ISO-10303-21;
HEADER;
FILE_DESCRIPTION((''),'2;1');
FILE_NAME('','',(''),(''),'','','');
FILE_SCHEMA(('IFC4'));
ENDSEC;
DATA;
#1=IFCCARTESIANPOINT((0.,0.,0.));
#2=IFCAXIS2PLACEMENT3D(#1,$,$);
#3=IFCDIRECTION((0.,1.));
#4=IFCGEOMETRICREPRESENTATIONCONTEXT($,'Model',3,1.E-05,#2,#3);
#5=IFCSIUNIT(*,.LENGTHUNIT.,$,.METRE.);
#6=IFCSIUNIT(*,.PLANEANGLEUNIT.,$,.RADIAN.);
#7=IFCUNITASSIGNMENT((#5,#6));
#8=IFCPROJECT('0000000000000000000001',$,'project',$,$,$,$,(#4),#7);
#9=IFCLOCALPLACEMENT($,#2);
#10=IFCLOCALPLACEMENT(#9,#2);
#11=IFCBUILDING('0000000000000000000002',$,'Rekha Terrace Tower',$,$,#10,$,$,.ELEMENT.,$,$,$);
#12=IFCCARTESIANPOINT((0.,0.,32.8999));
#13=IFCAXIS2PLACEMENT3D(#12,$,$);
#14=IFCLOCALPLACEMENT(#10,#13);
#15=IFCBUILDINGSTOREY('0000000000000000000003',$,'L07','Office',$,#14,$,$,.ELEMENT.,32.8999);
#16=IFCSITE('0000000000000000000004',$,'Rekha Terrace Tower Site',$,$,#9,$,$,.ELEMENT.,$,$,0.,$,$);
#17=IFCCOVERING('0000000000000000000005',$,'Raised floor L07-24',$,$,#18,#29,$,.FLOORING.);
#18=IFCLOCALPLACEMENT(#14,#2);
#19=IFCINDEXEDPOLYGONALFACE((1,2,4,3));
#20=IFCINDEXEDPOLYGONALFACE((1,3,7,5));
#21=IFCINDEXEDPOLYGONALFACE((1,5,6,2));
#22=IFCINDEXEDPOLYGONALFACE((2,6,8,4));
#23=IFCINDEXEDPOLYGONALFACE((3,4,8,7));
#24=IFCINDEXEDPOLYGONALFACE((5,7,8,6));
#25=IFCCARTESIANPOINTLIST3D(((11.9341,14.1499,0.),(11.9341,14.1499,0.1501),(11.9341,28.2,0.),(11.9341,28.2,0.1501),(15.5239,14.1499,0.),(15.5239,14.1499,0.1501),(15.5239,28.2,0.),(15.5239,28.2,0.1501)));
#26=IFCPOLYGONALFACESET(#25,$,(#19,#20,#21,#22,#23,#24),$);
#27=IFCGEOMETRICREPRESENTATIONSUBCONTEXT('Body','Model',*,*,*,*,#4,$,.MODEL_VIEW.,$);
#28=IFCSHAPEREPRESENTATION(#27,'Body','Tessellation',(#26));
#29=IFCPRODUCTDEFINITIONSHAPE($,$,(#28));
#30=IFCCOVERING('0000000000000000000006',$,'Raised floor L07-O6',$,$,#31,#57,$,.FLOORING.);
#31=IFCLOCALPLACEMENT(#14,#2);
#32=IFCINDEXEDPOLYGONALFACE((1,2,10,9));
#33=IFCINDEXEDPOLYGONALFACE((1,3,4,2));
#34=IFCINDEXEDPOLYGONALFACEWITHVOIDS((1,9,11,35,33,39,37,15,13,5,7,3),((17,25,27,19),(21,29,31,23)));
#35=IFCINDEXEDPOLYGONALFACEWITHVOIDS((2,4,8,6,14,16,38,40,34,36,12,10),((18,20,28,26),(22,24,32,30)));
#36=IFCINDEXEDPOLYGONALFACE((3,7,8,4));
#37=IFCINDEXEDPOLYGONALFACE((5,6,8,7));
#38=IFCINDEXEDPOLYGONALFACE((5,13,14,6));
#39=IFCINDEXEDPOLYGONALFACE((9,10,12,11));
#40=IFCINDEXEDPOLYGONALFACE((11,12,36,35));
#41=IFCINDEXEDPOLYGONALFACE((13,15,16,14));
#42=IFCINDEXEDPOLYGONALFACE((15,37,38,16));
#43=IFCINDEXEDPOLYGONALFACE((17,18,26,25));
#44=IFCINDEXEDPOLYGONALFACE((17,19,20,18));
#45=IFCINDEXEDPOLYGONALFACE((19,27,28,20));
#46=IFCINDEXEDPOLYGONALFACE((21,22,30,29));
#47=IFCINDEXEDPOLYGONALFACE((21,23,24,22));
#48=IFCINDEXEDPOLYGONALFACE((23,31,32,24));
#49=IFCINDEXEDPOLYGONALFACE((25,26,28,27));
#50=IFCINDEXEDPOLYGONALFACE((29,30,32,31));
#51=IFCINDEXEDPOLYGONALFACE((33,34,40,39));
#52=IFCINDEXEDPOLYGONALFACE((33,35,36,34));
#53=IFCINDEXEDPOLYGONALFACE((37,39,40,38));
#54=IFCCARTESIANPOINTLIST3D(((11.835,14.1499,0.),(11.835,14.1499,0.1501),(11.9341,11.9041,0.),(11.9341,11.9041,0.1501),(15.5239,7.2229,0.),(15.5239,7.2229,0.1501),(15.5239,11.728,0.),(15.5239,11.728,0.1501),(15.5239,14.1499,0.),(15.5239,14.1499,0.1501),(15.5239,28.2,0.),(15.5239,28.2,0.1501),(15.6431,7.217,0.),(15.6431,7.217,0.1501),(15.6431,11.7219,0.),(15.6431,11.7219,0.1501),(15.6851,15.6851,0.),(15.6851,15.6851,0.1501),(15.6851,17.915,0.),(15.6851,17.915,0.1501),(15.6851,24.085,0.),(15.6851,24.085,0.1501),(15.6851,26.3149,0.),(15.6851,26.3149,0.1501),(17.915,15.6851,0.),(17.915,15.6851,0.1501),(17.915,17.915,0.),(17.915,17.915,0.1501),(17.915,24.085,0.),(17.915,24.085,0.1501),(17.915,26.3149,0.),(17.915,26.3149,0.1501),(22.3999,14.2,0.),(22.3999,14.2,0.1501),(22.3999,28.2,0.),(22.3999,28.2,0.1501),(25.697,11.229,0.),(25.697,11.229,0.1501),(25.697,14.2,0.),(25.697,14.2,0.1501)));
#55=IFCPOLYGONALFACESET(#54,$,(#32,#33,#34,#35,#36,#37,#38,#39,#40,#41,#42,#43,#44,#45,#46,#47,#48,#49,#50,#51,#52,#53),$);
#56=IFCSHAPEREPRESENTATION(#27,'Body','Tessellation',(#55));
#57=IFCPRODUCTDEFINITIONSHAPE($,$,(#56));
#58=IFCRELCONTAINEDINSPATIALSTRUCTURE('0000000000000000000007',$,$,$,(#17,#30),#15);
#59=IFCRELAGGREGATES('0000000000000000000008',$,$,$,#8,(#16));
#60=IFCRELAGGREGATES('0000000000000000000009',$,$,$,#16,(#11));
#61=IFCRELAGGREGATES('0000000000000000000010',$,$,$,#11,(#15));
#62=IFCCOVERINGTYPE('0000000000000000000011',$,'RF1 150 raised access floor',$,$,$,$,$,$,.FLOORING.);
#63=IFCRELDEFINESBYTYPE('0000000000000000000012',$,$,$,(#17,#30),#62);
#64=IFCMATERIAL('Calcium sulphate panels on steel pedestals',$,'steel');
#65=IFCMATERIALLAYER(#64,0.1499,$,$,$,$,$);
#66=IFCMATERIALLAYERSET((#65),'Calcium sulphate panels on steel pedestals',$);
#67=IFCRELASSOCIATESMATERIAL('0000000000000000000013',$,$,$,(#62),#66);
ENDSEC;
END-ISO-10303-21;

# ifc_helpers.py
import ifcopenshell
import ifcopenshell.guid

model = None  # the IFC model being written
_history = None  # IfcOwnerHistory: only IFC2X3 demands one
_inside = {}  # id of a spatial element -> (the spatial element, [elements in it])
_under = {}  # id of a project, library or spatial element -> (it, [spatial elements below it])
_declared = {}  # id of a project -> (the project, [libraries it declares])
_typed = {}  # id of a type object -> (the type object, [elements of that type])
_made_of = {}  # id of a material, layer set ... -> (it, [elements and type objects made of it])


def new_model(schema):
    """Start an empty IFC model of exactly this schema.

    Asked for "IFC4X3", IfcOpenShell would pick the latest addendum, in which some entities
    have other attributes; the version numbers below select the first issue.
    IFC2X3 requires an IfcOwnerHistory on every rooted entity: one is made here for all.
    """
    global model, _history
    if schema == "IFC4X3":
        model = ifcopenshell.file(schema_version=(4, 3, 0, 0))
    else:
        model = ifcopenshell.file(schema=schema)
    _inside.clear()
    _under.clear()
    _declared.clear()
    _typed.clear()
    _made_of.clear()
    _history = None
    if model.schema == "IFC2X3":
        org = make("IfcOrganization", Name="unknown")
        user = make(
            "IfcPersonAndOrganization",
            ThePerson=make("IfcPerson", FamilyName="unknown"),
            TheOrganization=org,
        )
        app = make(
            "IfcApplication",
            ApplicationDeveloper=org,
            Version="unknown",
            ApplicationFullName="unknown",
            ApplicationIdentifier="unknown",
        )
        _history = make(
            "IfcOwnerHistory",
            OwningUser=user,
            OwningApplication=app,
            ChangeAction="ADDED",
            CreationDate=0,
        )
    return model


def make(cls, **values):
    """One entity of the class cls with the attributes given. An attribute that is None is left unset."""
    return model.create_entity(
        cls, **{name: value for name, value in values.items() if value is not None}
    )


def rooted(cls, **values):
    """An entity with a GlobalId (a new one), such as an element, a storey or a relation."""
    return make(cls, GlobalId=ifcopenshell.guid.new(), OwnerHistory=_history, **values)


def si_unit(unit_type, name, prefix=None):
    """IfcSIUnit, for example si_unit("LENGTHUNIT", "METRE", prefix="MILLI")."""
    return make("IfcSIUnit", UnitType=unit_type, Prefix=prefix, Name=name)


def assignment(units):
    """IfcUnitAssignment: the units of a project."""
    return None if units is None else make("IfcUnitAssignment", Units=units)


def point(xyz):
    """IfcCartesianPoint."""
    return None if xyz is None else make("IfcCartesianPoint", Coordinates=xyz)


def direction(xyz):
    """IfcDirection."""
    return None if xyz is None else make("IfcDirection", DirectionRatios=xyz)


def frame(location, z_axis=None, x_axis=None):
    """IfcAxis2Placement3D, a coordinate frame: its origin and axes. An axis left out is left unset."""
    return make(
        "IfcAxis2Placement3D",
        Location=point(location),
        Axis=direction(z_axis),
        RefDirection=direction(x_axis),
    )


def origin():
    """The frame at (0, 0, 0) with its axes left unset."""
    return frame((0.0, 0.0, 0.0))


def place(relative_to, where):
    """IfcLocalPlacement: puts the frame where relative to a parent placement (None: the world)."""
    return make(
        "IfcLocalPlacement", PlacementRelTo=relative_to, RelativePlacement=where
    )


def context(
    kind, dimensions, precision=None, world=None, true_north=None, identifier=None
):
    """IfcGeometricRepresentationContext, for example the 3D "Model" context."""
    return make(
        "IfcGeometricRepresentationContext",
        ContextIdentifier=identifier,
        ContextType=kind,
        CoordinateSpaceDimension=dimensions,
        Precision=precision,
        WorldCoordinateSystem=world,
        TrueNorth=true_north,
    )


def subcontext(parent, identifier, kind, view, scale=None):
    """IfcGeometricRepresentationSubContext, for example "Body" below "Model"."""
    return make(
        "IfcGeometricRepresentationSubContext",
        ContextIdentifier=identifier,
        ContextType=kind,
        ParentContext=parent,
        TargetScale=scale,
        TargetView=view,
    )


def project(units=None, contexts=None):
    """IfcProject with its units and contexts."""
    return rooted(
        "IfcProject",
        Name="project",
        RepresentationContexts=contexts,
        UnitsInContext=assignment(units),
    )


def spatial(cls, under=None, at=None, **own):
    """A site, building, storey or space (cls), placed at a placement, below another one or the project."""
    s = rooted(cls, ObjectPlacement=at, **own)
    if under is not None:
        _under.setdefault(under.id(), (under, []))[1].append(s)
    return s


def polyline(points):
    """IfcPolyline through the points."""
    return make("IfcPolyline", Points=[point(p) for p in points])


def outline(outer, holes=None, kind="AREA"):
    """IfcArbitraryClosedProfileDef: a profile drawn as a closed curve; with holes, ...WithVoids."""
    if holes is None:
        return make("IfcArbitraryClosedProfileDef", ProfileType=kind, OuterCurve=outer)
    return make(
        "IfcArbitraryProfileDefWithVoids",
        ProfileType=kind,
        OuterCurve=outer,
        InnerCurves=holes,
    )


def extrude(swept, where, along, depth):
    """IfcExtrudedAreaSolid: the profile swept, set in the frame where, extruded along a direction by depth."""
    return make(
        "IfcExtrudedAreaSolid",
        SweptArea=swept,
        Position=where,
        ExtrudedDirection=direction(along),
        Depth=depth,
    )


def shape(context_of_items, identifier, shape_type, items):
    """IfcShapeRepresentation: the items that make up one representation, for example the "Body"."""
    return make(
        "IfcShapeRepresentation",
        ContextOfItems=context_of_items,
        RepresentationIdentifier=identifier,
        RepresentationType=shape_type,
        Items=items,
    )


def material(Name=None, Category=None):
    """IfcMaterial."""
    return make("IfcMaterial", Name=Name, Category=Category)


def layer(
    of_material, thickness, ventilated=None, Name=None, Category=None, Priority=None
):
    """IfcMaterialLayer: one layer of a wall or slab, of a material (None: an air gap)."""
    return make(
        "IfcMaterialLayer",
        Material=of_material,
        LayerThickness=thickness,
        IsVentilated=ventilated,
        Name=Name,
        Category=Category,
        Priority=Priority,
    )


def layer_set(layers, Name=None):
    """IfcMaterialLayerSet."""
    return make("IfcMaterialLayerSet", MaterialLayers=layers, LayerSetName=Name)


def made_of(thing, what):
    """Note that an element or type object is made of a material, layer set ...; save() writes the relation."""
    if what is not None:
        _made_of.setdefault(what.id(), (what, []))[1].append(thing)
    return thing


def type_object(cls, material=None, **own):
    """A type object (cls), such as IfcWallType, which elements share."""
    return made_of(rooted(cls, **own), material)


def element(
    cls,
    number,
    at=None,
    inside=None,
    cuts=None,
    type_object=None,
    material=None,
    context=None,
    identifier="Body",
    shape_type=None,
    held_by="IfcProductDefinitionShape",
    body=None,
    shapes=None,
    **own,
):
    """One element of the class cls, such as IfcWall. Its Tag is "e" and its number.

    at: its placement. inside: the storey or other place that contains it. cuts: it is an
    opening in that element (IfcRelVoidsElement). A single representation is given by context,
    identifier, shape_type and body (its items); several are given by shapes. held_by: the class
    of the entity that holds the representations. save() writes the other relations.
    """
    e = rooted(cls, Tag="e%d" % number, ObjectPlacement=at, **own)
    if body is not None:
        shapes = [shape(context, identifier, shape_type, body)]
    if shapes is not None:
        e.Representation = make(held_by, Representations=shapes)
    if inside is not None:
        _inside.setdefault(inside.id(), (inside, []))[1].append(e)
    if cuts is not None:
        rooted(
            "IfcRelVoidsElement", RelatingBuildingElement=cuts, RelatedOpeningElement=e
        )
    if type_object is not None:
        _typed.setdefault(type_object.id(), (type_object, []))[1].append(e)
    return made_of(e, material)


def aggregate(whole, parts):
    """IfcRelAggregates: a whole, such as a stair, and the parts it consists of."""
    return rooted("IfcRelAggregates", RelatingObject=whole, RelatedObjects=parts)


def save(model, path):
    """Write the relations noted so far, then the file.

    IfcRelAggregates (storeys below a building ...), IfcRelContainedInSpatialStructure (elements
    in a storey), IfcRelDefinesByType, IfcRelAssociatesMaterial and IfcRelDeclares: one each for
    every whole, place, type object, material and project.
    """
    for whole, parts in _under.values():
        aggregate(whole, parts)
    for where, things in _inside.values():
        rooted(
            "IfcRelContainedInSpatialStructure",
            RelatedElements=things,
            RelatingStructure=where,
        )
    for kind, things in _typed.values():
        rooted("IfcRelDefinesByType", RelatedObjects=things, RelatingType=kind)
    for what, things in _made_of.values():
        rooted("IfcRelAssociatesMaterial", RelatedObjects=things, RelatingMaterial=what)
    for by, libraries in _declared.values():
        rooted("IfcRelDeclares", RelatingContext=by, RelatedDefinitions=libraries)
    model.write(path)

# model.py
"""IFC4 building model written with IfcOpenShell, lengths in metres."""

from ifc_helpers import new_model, si_unit, direction, frame, origin, place, context, subcontext, project, spatial, polyline, outline, extrude, material, layer, layer_set, type_object, element, save


model = new_model("IFC4")

# Units and contexts
model_context = context("Model", 3, precision=1e-05, world=origin(), true_north=direction((0.0, 1.0)))
body_context = subcontext(model_context, "Body", "Model", "MODEL_VIEW")
ifc_project = project(units=[si_unit("LENGTHUNIT", "METRE"), si_unit("PLANEANGLEUNIT", "RADIAN")], contexts=[model_context])

# Site, building, storey
site_placement = place(None, origin())
site = spatial("IfcSite", under=ifc_project, at=site_placement, Name="Rekha Terrace Tower Site", CompositionType="ELEMENT", RefElevation=0.0)
building_placement = place(site_placement, origin())
building = spatial("IfcBuilding", under=site, at=building_placement, Name="Rekha Terrace Tower", CompositionType="ELEMENT")
storey_placement = place(building_placement, frame((0.0, 0.0, 32.8999)))
storey = spatial("IfcBuildingStorey", under=building, at=storey_placement, Name="L07", Description="Office", CompositionType="ELEMENT", Elevation=32.8999)

# Coverings
ifc_material_1 = material(Name="Calcium sulphate panels on steel pedestals", Category="steel")
ifc_layer_1 = layer(ifc_material_1, 0.1499)
ifc_layer_set_1 = layer_set([ifc_layer_1], Name="Calcium sulphate panels on steel pedestals")
covering_type_1 = type_object("IfcCoveringType", Name="RF1 150 raised access floor", PredefinedType="FLOORING", material=ifc_layer_set_1)
covering_1_placement = place(storey_placement, origin())
element("IfcCovering", 1, at=covering_1_placement, inside=storey, type_object=covering_type_1, Name="Raised floor L07-24", PredefinedType="FLOORING", context=body_context, shape_type="SweptSolid", body=[
    extrude(outline(polyline([(11.9341, 14.1499), (15.5239, 14.1499), (15.5239, 28.2), (11.9341, 28.2), (11.9341, 14.1499)])), origin(), (0.0, 0.0, 1.0), 0.1501),
])
covering_2_placement = place(storey_placement, origin())
element("IfcCovering", 2, at=covering_2_placement, inside=storey, type_object=covering_type_1, Name="Raised floor L07-O6", PredefinedType="FLOORING", context=body_context, shape_type="SweptSolid", body=[
    extrude(outline(polyline([(15.5239, 28.2), (15.5239, 14.1499), (11.835, 14.1499), (11.9341, 11.9041), (15.5239, 11.728), (15.5239, 7.2229), (15.6431, 7.217), (15.6431, 11.7219), (25.697, 11.229), (25.697, 14.2), (22.3999, 14.2), (22.3999, 28.2), (15.5239, 28.2)]), holes=[polyline([(17.915, 15.6851), (15.6851, 15.6851), (15.6851, 17.915), (17.915, 17.915), (17.915, 15.6851)]), polyline([(17.915, 24.085), (15.6851, 24.085), (15.6851, 26.3149), (17.915, 26.3149), (17.915, 24.085)])]), origin(), (0.0, 0.0, 1.0), 0.1501),
])

save(model, "model.ifc")
